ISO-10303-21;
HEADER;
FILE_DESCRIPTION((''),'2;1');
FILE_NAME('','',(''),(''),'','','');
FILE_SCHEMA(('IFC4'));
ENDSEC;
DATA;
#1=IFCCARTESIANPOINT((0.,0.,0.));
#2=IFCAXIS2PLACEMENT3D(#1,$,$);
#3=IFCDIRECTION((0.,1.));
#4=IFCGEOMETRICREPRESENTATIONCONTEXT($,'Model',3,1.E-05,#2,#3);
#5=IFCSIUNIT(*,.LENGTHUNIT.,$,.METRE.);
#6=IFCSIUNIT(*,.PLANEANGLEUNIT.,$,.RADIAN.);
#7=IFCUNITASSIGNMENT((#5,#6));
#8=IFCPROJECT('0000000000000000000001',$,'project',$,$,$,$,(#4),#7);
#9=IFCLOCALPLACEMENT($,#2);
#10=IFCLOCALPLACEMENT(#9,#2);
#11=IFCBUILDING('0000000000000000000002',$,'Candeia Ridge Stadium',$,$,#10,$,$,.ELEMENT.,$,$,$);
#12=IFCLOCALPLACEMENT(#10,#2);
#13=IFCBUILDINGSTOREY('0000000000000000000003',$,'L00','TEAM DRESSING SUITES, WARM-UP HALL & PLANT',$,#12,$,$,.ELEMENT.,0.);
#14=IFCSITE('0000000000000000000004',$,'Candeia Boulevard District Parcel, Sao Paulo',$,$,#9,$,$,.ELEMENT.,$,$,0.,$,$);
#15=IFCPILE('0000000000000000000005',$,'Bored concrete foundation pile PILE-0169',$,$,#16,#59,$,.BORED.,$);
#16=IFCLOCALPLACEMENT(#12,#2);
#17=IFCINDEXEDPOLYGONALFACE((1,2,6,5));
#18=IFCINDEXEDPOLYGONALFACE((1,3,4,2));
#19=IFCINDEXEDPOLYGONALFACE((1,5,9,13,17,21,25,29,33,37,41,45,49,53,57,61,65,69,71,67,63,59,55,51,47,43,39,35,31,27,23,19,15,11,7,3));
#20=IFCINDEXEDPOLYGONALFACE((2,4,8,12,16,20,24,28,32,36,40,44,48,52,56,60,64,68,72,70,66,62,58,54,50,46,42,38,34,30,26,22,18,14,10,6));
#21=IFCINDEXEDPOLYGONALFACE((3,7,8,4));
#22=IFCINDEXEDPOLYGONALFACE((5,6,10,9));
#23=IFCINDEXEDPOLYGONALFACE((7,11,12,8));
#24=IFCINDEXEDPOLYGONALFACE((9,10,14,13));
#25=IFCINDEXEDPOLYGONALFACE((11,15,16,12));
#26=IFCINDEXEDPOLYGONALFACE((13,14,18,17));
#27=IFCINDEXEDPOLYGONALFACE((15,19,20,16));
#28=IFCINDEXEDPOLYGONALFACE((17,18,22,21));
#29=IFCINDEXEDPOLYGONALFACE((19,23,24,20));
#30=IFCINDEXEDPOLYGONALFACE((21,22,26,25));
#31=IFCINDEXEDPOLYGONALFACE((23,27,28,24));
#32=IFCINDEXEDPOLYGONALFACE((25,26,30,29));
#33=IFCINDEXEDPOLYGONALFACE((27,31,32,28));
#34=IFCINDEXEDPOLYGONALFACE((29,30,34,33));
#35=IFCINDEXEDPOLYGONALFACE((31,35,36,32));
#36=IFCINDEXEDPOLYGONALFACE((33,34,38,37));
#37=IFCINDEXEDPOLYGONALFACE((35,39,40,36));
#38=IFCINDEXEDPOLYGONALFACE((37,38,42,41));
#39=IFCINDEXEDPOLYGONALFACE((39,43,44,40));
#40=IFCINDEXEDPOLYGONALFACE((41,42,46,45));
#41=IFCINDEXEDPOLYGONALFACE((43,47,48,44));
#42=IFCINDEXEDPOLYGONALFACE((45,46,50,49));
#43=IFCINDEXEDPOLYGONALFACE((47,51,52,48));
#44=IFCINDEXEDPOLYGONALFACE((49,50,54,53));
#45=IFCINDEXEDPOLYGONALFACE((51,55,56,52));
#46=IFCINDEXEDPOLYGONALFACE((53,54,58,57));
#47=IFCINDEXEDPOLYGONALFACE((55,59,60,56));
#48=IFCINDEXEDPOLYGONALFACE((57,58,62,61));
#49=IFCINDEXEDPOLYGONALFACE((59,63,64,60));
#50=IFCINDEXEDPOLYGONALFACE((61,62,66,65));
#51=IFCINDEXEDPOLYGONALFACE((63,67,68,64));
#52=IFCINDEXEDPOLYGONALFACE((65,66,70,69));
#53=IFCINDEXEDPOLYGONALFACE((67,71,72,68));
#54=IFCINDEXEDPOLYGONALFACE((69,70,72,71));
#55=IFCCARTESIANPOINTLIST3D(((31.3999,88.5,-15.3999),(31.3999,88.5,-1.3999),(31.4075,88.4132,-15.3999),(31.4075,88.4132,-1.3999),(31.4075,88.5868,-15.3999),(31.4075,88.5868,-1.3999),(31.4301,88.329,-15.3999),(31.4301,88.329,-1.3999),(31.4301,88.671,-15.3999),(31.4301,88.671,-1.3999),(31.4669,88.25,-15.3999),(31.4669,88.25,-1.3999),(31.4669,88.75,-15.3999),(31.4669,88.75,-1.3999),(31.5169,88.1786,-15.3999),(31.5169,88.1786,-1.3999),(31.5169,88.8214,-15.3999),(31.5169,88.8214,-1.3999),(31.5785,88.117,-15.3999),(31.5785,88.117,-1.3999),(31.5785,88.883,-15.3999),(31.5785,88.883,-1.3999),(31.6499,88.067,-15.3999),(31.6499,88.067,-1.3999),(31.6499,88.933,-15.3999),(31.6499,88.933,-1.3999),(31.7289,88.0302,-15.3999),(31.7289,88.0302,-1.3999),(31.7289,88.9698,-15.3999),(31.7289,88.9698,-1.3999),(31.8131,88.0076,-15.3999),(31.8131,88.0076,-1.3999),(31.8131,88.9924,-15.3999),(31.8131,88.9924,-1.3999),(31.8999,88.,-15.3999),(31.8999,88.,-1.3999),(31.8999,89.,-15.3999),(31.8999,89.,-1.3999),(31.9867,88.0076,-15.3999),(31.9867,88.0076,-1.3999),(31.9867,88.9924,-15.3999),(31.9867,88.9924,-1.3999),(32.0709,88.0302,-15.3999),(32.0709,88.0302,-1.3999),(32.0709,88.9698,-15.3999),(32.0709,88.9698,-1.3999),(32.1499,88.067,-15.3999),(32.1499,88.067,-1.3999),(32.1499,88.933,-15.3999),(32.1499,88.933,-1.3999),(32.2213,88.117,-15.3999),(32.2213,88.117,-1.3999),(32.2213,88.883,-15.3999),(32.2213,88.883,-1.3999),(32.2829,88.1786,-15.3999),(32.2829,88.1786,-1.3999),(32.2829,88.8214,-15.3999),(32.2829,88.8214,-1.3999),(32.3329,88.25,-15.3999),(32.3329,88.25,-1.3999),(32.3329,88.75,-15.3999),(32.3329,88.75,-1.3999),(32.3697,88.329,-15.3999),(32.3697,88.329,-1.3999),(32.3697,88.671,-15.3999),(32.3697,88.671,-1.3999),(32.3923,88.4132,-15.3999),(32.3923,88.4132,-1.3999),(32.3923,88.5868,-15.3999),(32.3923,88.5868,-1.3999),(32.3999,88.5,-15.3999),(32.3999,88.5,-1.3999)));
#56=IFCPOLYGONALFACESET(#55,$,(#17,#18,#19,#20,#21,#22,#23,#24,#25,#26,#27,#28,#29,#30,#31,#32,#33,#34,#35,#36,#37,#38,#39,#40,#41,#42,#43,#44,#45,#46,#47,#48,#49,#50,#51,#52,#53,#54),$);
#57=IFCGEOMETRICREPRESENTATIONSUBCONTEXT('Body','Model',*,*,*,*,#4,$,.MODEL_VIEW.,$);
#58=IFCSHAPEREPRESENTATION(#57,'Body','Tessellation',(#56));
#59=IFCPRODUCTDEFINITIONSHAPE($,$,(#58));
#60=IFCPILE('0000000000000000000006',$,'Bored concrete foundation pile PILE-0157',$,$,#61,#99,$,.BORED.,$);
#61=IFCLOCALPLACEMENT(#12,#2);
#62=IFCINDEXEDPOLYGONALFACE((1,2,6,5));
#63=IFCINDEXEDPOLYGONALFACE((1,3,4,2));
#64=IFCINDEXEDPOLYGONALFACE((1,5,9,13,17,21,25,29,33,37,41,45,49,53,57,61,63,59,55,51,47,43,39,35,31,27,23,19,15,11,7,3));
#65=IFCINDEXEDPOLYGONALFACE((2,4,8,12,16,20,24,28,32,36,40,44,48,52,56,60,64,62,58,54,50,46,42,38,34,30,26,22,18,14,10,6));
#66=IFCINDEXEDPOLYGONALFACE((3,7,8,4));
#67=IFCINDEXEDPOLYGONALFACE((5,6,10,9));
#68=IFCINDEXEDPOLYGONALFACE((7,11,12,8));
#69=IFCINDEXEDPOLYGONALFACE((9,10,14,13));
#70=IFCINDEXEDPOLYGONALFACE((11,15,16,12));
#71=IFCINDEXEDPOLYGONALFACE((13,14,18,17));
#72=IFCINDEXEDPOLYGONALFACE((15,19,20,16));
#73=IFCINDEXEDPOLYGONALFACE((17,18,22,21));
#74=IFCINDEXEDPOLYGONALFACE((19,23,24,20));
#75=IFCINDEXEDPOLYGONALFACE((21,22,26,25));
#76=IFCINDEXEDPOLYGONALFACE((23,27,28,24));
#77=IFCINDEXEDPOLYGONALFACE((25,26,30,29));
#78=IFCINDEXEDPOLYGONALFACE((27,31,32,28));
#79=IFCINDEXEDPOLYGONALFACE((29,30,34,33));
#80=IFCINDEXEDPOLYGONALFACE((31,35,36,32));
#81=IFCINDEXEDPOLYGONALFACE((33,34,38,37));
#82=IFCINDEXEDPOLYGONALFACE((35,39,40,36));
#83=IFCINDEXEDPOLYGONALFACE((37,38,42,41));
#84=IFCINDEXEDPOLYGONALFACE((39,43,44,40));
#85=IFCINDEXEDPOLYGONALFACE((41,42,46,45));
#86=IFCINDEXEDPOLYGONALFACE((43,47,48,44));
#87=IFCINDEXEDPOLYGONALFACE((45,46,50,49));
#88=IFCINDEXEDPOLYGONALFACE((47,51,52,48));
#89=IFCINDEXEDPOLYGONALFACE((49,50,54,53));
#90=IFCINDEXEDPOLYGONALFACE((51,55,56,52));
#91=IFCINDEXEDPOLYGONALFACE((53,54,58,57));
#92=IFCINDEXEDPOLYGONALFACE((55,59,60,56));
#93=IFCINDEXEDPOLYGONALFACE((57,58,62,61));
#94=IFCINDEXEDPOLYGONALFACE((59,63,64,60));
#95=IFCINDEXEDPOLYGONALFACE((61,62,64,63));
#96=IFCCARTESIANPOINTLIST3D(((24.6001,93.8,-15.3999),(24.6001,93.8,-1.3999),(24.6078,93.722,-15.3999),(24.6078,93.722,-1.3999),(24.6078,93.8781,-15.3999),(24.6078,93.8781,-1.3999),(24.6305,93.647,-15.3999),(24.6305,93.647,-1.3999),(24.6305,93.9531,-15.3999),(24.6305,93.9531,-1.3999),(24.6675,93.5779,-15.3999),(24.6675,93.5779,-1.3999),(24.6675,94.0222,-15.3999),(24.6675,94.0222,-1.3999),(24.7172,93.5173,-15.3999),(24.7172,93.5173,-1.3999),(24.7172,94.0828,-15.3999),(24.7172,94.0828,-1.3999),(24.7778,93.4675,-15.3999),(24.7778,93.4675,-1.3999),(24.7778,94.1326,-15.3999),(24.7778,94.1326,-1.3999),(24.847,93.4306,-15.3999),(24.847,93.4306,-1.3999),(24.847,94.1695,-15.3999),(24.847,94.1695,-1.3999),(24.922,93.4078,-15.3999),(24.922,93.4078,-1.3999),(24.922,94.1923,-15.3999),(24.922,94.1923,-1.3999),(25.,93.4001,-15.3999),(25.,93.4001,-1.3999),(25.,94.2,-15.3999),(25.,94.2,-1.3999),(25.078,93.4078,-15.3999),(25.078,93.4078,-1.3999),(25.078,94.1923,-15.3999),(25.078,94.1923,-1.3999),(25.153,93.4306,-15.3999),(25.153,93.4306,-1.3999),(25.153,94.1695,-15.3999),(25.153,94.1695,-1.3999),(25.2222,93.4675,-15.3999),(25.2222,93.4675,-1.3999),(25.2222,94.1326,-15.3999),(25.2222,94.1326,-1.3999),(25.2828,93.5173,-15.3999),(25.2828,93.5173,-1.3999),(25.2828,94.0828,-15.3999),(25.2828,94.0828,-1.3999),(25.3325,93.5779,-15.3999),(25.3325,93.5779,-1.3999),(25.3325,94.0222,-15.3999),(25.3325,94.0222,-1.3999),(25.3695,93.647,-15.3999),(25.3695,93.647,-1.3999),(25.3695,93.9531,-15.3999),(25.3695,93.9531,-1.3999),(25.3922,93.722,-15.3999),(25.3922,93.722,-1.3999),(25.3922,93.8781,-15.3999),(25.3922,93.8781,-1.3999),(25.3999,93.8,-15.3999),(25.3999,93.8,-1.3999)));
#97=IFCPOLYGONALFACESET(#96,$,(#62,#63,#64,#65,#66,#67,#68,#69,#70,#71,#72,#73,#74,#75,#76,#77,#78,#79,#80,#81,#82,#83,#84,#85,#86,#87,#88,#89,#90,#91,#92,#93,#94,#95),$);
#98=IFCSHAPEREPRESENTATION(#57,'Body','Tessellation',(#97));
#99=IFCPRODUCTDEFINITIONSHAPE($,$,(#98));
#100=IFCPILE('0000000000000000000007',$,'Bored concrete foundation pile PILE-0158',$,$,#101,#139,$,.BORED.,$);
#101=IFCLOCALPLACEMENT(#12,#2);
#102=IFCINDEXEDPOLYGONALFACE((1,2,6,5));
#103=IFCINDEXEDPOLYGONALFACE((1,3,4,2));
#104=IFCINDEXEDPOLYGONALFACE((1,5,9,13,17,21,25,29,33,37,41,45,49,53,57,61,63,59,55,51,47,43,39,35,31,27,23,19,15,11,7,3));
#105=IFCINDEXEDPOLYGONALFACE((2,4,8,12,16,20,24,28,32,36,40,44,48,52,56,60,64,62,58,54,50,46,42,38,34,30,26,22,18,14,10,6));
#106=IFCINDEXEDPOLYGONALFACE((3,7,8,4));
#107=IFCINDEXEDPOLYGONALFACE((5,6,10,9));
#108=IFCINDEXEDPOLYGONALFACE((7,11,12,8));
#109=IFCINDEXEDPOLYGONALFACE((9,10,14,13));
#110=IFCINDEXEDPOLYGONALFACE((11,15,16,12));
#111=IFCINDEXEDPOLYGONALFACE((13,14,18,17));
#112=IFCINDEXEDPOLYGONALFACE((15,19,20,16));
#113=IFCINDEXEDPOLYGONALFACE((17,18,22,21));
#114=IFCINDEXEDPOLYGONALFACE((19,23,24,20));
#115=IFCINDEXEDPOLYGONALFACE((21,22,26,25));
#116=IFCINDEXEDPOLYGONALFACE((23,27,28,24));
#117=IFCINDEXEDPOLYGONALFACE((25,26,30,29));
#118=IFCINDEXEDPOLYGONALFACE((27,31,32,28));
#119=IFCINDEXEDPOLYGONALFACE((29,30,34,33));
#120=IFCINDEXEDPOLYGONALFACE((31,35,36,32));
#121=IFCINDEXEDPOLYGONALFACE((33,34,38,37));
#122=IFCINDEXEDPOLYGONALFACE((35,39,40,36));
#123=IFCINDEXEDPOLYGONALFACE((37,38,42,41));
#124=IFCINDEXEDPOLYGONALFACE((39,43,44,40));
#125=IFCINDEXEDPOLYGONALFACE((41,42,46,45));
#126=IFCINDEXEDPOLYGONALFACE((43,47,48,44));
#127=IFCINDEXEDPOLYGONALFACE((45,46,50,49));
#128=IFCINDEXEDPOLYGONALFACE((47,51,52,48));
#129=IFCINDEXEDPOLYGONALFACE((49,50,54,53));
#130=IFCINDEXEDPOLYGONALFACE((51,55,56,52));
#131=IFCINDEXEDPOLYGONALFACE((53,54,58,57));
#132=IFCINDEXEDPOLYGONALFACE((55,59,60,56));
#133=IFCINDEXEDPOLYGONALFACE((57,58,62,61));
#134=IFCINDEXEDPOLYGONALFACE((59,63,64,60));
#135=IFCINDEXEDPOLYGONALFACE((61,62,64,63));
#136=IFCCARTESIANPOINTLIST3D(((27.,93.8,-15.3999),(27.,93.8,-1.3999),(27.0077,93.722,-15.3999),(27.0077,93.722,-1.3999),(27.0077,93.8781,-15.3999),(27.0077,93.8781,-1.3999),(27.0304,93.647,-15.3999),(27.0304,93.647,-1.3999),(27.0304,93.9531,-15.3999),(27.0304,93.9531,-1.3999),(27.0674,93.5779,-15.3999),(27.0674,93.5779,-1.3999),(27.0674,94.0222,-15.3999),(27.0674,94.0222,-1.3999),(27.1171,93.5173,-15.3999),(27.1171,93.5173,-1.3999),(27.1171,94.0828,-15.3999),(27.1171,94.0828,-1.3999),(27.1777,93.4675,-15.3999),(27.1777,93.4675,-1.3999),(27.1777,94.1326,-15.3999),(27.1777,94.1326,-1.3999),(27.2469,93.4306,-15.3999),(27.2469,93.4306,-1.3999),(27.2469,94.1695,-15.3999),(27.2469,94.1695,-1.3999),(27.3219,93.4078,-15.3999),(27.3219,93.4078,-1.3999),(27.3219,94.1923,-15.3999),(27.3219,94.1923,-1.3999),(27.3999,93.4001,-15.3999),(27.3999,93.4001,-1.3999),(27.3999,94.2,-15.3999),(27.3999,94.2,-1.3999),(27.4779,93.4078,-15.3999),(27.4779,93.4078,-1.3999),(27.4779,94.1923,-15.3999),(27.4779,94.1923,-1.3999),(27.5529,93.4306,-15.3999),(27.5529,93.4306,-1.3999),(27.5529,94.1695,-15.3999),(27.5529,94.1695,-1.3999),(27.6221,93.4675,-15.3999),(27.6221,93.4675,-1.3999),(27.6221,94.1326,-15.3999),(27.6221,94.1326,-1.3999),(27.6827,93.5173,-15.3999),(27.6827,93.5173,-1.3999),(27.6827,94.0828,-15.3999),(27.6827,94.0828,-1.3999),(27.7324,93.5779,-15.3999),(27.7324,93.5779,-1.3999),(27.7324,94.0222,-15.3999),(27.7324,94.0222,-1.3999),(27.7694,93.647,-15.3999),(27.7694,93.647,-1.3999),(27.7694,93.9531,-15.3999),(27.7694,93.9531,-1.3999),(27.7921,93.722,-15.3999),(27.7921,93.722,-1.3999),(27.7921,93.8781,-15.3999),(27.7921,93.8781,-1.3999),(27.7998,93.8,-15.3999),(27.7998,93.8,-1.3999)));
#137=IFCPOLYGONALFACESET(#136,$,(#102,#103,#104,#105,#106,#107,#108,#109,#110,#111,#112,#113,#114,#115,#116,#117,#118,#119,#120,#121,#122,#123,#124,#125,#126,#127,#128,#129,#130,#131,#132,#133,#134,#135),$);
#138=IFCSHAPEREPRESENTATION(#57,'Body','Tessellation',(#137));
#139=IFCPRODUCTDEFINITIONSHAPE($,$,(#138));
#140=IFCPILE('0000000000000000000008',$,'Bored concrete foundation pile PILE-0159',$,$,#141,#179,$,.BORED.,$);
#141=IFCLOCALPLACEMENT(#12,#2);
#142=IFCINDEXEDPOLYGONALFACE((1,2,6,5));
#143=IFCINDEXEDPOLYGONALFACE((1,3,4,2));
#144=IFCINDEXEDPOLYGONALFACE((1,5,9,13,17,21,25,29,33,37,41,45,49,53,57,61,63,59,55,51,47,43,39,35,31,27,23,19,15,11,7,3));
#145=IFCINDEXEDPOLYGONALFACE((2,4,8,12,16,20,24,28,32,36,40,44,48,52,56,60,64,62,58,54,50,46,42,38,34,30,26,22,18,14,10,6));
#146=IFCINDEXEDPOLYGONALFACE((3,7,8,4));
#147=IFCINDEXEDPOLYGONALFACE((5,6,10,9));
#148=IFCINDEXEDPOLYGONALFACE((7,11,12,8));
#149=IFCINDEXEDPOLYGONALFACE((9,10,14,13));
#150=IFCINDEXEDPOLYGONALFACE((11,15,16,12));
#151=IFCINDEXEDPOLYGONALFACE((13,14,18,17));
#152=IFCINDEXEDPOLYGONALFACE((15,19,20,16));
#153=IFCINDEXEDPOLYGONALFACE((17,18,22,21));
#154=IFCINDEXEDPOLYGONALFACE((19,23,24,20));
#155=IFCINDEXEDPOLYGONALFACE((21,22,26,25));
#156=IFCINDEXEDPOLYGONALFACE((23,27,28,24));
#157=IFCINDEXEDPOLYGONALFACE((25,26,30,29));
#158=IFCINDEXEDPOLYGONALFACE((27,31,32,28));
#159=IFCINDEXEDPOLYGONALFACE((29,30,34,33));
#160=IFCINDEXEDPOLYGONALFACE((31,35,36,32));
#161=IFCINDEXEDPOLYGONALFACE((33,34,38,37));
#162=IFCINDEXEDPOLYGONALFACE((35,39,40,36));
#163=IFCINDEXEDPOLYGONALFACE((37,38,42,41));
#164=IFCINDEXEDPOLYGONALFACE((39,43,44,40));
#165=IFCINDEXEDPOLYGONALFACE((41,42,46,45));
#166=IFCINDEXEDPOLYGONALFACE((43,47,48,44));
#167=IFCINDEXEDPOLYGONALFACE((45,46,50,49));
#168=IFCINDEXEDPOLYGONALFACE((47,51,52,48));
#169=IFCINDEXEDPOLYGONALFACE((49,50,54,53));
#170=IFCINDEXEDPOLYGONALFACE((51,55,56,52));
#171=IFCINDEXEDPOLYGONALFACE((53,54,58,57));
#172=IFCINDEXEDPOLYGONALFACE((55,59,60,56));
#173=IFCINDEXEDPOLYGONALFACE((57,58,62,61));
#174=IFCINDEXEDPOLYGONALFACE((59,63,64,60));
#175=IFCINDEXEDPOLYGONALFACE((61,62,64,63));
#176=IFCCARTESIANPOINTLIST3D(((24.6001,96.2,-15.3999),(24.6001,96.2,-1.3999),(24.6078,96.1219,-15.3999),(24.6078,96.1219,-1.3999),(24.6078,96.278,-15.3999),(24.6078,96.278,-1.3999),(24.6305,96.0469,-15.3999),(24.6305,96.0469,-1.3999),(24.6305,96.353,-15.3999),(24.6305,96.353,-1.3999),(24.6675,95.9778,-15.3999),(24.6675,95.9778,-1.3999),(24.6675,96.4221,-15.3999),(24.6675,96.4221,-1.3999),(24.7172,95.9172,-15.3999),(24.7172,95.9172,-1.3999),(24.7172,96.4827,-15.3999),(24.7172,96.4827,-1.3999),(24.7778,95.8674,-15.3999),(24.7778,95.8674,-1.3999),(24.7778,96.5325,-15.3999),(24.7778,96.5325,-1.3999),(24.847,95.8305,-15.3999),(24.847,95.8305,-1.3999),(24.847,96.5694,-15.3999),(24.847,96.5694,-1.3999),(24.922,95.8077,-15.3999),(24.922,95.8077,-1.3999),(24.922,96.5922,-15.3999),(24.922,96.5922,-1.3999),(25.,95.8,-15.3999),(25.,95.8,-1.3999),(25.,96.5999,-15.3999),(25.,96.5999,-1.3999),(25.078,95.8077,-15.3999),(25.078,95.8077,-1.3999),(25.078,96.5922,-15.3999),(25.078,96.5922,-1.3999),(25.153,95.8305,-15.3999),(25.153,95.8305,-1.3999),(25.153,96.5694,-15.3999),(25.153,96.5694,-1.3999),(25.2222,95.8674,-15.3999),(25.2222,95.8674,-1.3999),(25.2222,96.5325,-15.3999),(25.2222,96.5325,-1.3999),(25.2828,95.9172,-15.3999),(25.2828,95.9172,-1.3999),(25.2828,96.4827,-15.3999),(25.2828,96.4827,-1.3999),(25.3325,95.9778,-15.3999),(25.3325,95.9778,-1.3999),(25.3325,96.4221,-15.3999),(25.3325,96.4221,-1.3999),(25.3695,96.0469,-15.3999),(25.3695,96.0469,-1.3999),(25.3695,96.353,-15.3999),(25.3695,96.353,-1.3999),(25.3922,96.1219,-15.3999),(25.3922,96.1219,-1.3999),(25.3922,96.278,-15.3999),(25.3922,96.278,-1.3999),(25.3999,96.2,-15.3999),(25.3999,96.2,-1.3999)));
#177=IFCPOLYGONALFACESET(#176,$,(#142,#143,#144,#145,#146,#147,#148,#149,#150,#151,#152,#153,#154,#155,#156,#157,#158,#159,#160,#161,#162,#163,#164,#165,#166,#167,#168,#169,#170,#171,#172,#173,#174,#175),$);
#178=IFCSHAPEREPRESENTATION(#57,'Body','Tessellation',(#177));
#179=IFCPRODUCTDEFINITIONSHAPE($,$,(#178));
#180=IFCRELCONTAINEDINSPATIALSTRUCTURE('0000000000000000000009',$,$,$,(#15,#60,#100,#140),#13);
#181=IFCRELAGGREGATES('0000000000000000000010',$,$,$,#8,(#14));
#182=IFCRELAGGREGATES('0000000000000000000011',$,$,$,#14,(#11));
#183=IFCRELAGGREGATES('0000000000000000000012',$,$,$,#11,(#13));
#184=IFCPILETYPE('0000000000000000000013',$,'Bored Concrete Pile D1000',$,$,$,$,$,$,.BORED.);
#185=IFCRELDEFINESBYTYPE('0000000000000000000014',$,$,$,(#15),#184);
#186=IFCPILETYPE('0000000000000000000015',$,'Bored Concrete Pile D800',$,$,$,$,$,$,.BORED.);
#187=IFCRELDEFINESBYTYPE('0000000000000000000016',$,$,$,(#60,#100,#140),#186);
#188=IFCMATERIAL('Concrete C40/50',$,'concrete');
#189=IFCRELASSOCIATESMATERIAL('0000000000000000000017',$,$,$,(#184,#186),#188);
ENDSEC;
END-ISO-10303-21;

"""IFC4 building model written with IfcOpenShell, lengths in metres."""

from ifc_helpers import new_model, si_unit, direction, frame, origin, origin_2d, place, context, subcontext, project, spatial, circle, extrude, material, material_profile, profile_set, type_object, element, save


model = new_model("IFC4")

# Units and contexts
model_context = context("Model", 3, precision=1e-05, world=origin(), true_north=direction((0.0, 1.0)))
body_context = subcontext(model_context, "Body", "Model", "MODEL_VIEW")
ifc_project = project(units=[si_unit("LENGTHUNIT", "METRE"), si_unit("PLANEANGLEUNIT", "RADIAN")], contexts=[model_context])

# Site, building, storey
site_placement = place(None, origin())
site = spatial("IfcSite", under=ifc_project, at=site_placement, Name="Candeia Boulevard District Parcel, Sao Paulo", CompositionType="ELEMENT", RefElevation=0.0)
building_placement = place(site_placement, origin())
building = spatial("IfcBuilding", under=site, at=building_placement, Name="Candeia Ridge Stadium", CompositionType="ELEMENT")
storey_placement = place(building_placement, origin())
storey = spatial("IfcBuildingStorey", under=building, at=storey_placement, Name="L00", Description="TEAM DRESSING SUITES, WARM-UP HALL & PLANT", CompositionType="ELEMENT", Elevation=0.0)

# Piles
ifc_material_1 = material(Name="Concrete C40/50", Category="concrete")
ifc_material_profile_1 = material_profile(ifc_material_1, circle(Radius=0.5, at=origin_2d()), Name="PILE-D1000", Category="concrete")
ifc_profile_set_1 = profile_set([ifc_material_profile_1], Name="Concrete C40/50")
pile_type_1 = type_object("IfcPileType", Name="Bored Concrete Pile D1000", PredefinedType="BORED", material=ifc_profile_set_1)
for number, where, z_axis, x_axis, name in (
    (1, (31.8999, 88.5, -1.3999), (0.0, 0.0, -1.0), (1.0, 0.0, 0.0), "Bored concrete foundation pile PILE-0169"),
):
    element("IfcPile", number, at=place(storey_placement, frame(where, z_axis=z_axis, x_axis=x_axis)), inside=storey, type_object=pile_type_1, Name=name, PredefinedType="BORED", context=body_context, shape_type="SweptSolid", body=[
        extrude(circle(Radius=0.5, at=origin_2d()), origin(), (0.0, 0.0, 1.0), 14.0),
    ])
ifc_material_profile_2 = material_profile(ifc_material_1, circle(Radius=0.3999, at=origin_2d()), Name="PILE-D800", Category="concrete")
ifc_profile_set_2 = profile_set([ifc_material_profile_2], Name="Concrete C40/50")
pile_type_2 = type_object("IfcPileType", Name="Bored Concrete Pile D800", PredefinedType="BORED", material=ifc_profile_set_2)
for number, where, z_axis, x_axis, name in (
    (2, (25.0, 93.8, -1.3999), (0.0, 0.0, -1.0), (1.0, 0.0, 0.0), "Bored concrete foundation pile PILE-0157"),
    (3, (27.3999, 93.8, -1.3999), (0.0, 0.0, -1.0), (1.0, 0.0, 0.0), "Bored concrete foundation pile PILE-0158"),
    (4, (25.0, 96.2, -1.3999), (0.0, 0.0, -1.0), (1.0, 0.0, 0.0), "Bored concrete foundation pile PILE-0159"),
):
    element("IfcPile", number, at=place(storey_placement, frame(where, z_axis=z_axis, x_axis=x_axis)), inside=storey, type_object=pile_type_2, Name=name, PredefinedType="BORED", context=body_context, shape_type="SweptSolid", body=[
        extrude(circle(Radius=0.3999, at=origin_2d()), origin(), (0.0, 0.0, 1.0), 14.0),
    ])

save(model, "model.ifc")
